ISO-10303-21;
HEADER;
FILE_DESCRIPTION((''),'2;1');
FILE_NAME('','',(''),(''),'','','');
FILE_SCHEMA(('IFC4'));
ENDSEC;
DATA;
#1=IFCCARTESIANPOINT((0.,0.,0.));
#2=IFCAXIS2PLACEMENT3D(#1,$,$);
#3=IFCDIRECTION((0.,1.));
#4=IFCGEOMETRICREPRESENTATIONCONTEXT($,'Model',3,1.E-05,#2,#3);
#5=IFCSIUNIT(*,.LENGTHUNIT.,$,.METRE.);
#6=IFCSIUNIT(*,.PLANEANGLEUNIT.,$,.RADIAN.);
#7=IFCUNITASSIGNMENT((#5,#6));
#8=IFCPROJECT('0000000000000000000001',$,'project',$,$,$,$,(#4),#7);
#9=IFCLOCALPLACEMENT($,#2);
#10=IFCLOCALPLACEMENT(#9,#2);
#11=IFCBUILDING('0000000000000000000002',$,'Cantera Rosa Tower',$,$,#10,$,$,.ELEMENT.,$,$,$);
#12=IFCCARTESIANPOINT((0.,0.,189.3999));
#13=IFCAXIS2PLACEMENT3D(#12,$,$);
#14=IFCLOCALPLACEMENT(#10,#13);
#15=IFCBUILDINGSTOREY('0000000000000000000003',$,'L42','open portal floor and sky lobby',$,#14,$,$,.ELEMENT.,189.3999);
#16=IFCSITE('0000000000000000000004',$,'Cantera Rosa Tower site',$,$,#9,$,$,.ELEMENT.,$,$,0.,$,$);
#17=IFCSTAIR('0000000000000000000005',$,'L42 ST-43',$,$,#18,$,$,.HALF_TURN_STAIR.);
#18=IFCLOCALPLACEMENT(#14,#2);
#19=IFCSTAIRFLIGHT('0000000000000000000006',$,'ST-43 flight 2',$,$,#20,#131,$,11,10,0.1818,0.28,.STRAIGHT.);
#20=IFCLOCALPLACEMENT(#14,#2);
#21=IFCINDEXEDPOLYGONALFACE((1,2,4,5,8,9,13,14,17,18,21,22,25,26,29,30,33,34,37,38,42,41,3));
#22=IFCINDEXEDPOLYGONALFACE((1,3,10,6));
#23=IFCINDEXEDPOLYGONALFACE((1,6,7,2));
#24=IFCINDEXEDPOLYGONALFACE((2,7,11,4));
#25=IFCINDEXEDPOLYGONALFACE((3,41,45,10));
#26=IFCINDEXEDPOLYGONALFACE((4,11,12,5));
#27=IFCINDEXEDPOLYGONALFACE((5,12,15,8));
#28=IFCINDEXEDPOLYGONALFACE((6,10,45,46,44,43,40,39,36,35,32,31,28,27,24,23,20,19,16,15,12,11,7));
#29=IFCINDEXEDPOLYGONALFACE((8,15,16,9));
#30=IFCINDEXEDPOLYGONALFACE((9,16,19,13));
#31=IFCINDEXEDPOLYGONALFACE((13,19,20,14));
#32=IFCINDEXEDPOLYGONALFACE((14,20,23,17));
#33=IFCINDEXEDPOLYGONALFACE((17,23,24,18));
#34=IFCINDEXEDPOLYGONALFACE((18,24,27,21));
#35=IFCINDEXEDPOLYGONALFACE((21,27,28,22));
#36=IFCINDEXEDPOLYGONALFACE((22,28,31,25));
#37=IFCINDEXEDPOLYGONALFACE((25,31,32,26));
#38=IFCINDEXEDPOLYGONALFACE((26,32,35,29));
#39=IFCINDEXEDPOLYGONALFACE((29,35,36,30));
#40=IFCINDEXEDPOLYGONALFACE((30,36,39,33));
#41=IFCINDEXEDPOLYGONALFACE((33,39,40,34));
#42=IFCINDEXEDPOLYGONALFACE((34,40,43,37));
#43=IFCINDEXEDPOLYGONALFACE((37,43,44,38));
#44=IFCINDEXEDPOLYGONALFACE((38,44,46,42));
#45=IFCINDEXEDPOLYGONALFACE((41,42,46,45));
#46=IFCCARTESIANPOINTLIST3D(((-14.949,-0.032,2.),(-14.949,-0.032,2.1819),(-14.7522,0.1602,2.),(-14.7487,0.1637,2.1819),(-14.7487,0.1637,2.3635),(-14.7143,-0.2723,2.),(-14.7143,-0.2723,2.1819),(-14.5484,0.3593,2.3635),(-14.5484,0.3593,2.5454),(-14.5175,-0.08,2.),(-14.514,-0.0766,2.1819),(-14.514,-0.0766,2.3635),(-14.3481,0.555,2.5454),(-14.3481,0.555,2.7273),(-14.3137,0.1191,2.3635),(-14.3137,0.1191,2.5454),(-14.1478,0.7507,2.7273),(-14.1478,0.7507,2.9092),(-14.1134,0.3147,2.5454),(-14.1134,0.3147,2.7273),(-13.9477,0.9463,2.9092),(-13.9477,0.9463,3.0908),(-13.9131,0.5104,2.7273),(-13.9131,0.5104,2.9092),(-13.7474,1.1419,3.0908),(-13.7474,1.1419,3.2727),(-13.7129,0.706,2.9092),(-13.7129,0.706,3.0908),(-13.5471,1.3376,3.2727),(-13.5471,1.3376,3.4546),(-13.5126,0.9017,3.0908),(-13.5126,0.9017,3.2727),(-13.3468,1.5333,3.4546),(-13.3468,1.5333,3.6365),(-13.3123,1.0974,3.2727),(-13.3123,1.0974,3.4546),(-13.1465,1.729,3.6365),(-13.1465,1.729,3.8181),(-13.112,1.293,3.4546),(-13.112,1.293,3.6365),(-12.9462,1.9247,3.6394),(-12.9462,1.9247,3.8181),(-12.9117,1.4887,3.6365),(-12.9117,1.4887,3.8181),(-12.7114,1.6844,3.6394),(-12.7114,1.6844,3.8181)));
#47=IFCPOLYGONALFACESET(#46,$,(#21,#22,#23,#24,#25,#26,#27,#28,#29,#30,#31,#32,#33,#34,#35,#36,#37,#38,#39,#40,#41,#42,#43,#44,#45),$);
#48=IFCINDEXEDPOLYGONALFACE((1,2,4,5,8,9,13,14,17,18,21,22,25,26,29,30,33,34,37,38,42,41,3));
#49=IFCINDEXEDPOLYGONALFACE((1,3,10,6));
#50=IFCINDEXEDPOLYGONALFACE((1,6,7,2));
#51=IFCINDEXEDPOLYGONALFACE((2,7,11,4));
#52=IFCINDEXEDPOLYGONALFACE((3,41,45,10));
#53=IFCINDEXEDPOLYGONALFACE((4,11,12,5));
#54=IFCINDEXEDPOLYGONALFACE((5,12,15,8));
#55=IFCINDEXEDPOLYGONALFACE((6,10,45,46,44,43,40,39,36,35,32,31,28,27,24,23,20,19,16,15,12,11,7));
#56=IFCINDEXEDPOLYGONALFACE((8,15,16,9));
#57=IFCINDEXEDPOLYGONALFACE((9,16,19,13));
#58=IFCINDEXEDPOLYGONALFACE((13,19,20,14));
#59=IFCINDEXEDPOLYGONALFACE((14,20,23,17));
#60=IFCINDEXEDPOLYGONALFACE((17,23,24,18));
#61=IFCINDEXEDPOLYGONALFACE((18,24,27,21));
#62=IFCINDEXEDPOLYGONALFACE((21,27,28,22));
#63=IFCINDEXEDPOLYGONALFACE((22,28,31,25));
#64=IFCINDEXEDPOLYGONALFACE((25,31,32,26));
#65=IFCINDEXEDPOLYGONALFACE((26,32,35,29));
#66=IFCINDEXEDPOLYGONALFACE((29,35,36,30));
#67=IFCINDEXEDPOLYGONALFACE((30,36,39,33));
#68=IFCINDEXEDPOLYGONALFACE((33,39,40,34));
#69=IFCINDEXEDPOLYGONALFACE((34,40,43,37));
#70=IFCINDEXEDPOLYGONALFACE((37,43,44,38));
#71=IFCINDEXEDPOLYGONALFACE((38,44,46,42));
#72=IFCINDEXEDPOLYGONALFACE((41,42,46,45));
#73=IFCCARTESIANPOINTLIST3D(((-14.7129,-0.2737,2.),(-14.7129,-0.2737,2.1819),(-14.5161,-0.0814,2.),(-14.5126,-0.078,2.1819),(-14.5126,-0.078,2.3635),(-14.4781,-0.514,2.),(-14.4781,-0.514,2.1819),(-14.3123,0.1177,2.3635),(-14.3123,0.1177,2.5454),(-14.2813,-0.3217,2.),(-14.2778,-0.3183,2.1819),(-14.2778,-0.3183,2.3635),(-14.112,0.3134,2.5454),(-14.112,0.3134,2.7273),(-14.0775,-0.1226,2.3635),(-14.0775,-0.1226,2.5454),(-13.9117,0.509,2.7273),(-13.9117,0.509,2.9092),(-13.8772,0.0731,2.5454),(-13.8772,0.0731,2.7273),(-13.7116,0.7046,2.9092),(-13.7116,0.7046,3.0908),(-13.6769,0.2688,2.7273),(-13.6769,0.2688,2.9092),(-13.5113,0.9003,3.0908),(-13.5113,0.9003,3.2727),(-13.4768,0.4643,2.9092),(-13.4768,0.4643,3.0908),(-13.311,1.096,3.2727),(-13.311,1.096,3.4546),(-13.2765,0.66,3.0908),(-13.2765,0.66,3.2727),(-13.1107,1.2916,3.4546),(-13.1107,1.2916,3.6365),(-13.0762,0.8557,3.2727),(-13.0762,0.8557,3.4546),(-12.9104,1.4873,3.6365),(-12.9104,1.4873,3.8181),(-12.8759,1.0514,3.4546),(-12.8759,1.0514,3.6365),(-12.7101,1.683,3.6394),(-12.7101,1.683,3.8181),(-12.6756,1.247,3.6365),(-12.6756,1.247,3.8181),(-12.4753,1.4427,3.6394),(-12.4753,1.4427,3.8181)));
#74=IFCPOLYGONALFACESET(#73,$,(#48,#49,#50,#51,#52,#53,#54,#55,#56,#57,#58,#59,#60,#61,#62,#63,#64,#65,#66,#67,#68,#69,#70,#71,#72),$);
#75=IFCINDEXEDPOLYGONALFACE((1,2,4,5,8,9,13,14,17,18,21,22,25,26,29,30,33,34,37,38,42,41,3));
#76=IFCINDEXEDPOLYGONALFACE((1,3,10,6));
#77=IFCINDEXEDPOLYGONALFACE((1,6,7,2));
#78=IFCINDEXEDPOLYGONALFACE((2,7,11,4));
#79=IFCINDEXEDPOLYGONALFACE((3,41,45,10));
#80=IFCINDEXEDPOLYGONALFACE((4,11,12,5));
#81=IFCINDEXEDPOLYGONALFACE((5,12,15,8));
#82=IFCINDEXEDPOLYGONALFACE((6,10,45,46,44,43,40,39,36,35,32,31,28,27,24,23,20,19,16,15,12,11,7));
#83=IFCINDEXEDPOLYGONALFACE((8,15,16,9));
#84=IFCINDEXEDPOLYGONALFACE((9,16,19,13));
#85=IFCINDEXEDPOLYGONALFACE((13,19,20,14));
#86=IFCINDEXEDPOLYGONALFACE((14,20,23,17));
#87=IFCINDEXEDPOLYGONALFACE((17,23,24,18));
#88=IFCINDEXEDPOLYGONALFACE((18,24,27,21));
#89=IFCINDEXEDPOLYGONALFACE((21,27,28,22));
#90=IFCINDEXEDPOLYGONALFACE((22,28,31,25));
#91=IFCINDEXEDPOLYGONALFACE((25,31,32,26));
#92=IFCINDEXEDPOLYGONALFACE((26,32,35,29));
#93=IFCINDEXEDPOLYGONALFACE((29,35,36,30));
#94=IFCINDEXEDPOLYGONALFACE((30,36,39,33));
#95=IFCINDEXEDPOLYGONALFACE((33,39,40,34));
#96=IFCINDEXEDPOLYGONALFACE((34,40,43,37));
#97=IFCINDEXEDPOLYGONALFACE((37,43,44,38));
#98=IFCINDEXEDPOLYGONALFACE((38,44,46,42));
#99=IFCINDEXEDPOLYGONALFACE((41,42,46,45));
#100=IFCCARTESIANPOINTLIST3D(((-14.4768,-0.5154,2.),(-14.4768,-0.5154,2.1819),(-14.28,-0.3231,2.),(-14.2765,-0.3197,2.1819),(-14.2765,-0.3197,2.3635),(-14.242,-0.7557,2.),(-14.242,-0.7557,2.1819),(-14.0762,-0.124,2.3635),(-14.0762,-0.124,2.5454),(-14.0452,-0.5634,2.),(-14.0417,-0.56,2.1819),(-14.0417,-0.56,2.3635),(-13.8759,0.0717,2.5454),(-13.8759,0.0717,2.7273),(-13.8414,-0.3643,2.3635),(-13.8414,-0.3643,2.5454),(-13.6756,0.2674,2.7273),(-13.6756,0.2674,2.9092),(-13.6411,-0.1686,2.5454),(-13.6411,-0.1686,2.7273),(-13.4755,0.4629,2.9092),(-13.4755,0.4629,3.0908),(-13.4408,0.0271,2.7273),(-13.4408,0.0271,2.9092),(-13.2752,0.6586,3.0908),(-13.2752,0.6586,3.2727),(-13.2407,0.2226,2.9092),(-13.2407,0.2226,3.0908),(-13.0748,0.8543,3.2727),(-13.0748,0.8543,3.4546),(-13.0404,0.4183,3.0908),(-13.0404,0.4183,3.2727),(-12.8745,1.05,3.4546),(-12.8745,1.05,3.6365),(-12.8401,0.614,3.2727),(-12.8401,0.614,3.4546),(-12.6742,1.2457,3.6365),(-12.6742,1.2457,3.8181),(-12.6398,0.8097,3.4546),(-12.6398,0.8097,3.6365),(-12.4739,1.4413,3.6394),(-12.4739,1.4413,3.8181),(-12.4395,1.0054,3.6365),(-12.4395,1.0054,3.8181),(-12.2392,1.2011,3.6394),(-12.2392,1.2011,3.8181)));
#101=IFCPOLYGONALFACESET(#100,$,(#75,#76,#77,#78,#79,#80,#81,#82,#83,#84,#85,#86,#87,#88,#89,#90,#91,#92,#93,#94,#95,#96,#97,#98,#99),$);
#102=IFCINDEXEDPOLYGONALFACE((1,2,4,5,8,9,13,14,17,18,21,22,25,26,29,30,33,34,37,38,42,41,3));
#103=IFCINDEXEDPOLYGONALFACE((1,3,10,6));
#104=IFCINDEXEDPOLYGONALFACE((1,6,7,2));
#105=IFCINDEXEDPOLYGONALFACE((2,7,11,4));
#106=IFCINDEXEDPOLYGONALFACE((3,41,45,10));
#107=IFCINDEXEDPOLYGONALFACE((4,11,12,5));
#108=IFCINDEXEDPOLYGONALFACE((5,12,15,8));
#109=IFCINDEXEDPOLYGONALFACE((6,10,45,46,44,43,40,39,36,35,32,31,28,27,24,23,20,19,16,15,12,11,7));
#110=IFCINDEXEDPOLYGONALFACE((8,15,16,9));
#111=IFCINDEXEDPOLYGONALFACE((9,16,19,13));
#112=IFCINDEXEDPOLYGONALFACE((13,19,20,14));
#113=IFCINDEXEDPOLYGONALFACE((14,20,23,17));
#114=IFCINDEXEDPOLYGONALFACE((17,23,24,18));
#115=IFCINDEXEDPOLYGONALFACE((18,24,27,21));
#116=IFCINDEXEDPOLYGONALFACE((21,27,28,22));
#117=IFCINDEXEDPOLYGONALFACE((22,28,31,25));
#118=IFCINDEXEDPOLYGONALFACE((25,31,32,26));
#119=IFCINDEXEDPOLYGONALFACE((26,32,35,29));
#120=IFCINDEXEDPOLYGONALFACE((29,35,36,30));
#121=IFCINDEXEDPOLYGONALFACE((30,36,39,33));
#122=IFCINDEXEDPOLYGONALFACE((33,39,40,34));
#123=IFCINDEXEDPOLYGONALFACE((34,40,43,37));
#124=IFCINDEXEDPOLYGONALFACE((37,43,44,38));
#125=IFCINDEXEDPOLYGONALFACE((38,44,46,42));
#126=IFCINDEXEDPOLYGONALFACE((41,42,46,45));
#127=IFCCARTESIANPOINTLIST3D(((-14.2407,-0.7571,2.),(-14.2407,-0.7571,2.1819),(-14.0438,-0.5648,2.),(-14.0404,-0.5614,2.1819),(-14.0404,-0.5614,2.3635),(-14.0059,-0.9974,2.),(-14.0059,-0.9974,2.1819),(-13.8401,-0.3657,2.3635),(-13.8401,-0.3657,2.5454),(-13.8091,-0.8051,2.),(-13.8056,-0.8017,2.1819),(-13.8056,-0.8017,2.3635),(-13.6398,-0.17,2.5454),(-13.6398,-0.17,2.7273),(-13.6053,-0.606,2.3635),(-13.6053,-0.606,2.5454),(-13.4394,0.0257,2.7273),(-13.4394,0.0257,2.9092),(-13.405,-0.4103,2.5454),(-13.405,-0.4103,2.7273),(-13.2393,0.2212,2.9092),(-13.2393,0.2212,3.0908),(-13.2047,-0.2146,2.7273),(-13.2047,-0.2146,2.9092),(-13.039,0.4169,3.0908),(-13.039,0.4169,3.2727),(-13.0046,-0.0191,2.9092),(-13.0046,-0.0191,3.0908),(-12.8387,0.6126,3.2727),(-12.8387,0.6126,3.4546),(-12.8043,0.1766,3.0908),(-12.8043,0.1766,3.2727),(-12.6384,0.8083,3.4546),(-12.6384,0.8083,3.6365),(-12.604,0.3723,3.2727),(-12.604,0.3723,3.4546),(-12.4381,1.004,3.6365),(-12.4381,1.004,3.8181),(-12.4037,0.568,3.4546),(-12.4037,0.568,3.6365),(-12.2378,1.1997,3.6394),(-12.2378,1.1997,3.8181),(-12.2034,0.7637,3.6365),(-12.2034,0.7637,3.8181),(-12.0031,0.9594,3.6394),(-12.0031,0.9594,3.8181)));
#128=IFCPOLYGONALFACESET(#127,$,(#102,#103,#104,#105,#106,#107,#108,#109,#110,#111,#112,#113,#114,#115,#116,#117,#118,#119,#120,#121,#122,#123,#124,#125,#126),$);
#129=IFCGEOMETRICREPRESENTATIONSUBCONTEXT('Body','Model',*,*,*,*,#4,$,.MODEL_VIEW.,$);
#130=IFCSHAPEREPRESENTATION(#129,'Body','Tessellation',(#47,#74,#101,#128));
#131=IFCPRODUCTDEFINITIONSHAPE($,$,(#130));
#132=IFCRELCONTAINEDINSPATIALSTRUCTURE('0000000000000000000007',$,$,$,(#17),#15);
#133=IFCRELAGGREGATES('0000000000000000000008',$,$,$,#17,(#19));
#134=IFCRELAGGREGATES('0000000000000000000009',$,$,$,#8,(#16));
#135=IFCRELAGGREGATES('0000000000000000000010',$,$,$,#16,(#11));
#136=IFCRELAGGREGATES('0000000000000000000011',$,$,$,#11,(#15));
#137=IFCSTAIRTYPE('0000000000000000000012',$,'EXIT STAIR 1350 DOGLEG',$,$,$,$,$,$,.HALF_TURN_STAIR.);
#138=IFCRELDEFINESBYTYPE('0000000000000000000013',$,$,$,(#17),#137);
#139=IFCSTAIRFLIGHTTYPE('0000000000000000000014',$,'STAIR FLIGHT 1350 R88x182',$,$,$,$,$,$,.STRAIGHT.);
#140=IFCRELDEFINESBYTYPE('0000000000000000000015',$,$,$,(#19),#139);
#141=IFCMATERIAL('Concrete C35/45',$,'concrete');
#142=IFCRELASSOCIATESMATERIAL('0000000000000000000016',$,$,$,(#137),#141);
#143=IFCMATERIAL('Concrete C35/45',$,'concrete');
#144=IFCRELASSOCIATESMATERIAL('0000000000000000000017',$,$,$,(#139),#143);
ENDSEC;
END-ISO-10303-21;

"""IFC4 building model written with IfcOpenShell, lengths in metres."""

from ifc_helpers import new_model, si_unit, direction, frame, origin, place, context, subcontext, project, spatial, polyline, outline, extrude, material, type_object, element, aggregate, save


model = new_model("IFC4")

# Units and contexts
model_context = context("Model", 3, precision=1e-05, world=origin(), true_north=direction((0.0, 1.0)))
body_context = subcontext(model_context, "Body", "Model", "MODEL_VIEW")
ifc_project = project(units=[si_unit("LENGTHUNIT", "METRE"), si_unit("PLANEANGLEUNIT", "RADIAN")], contexts=[model_context])

# Site, building, storey
site_placement = place(None, origin())
site = spatial("IfcSite", under=ifc_project, at=site_placement, Name="Cantera Rosa Tower site", CompositionType="ELEMENT", RefElevation=0.0)
building_placement = place(site_placement, origin())
building = spatial("IfcBuilding", under=site, at=building_placement, Name="Cantera Rosa Tower", CompositionType="ELEMENT")
storey_placement = place(building_placement, frame((0.0, 0.0, 189.3999)))
storey = spatial("IfcBuildingStorey", under=building, at=storey_placement, Name="L42", Description="open portal floor and sky lobby", CompositionType="ELEMENT", Elevation=189.3999)

# Stair, stair flight
ifc_material_1 = material(Name="Concrete C35/45", Category="concrete")
stair_type = type_object("IfcStairType", Name="EXIT STAIR 1350 DOGLEG", PredefinedType="HALF_TURN_STAIR", material=ifc_material_1)
stair_1_placement = place(storey_placement, origin())
stair_1 = element("IfcStair", 1, at=stair_1_placement, inside=storey, type_object=stair_type, Name="L42 ST-43", PredefinedType="HALF_TURN_STAIR")
ifc_material_2 = material(Name="Concrete C35/45", Category="concrete")
stair_flight_type = type_object("IfcStairFlightType", Name="STAIR FLIGHT 1350 R88x182", PredefinedType="STRAIGHT", material=ifc_material_2)
stair_flight_1_placement = place(storey_placement, frame((-14.4773, -0.5149, 2.0), z_axis=(0.0, 0.0, 1.0), x_axis=(0.715286, 0.698832, 0.0)))
stair_flight_1 = element("IfcStairFlight", 2, at=stair_flight_1_placement, type_object=stair_flight_type, Name="ST-43 flight 2", NumberOfRisers=11, NumberOfTreads=10, PredefinedType="STRAIGHT", RiserHeight=0.1818, TreadLength=0.28, context=body_context, shape_type="SweptSolid", body=[
    extrude(outline(polyline([(0.0, 0.0), (0.0, 0.1819), (0.28, 0.1819), (0.28, 0.3635), (0.5601, 0.3635), (0.5601, 0.5454), (0.8401, 0.5454), (0.8401, 0.7273), (1.1201, 0.7273), (1.1201, 0.9092), (1.3999, 0.9092), (1.3999, 1.0908), (1.6799, 1.0908), (1.6799, 1.2727), (1.96, 1.2727), (1.96, 1.4546), (2.24, 1.4546), (2.24, 1.6365), (2.52, 1.6365), (2.52, 1.8181), (2.8, 1.8181), (2.8, 2.0), (2.8, 1.6394), (0.2751, 0.0), (0.0, 0.0)])), frame((0.0, 0.675, 0.0), z_axis=(0.0, -1.0, 0.0), x_axis=(1.0, 0.0, 0.0)), (0.0, 0.0, 1.0), 0.3359),
    extrude(outline(polyline([(0.0, 0.0), (0.0, 0.1819), (0.28, 0.1819), (0.28, 0.3635), (0.5601, 0.3635), (0.5601, 0.5454), (0.8401, 0.5454), (0.8401, 0.7273), (1.1201, 0.7273), (1.1201, 0.9092), (1.3999, 0.9092), (1.3999, 1.0908), (1.6799, 1.0908), (1.6799, 1.2727), (1.96, 1.2727), (1.96, 1.4546), (2.24, 1.4546), (2.24, 1.6365), (2.52, 1.6365), (2.52, 1.8181), (2.8, 1.8181), (2.8, 2.0), (2.8, 1.6394), (0.2751, 0.0), (0.0, 0.0)])), frame((0.0, 0.3372, 0.0), z_axis=(0.0, -1.0, 0.0), x_axis=(1.0, 0.0, 0.0)), (0.0, 0.0, 1.0), 0.3359),
    extrude(outline(polyline([(0.0, 0.0), (0.0, 0.1819), (0.28, 0.1819), (0.28, 0.3635), (0.5601, 0.3635), (0.5601, 0.5454), (0.8401, 0.5454), (0.8401, 0.7273), (1.1201, 0.7273), (1.1201, 0.9092), (1.3999, 0.9092), (1.3999, 1.0908), (1.6799, 1.0908), (1.6799, 1.2727), (1.96, 1.2727), (1.96, 1.4546), (2.24, 1.4546), (2.24, 1.6365), (2.52, 1.6365), (2.52, 1.8181), (2.8, 1.8181), (2.8, 2.0), (2.8, 1.6394), (0.2751, 0.0), (0.0, 0.0)])), frame((0.0, -0.0007, 0.0), z_axis=(0.0, -1.0, 0.0), x_axis=(1.0, 0.0, 0.0)), (0.0, 0.0, 1.0), 0.3359),
    extrude(outline(polyline([(0.0, 0.0), (0.0, 0.1819), (0.28, 0.1819), (0.28, 0.3635), (0.5601, 0.3635), (0.5601, 0.5454), (0.8401, 0.5454), (0.8401, 0.7273), (1.1201, 0.7273), (1.1201, 0.9092), (1.3999, 0.9092), (1.3999, 1.0908), (1.6799, 1.0908), (1.6799, 1.2727), (1.96, 1.2727), (1.96, 1.4546), (2.24, 1.4546), (2.24, 1.6365), (2.52, 1.6365), (2.52, 1.8181), (2.8, 1.8181), (2.8, 2.0), (2.8, 1.6394), (0.2751, 0.0), (0.0, 0.0)])), frame((0.0, -0.3386, 0.0), z_axis=(0.0, -1.0, 0.0), x_axis=(1.0, 0.0, 0.0)), (0.0, 0.0, 1.0), 0.3359),
])
aggregate(stair_1, [stair_flight_1])

save(model, "model.ifc")
